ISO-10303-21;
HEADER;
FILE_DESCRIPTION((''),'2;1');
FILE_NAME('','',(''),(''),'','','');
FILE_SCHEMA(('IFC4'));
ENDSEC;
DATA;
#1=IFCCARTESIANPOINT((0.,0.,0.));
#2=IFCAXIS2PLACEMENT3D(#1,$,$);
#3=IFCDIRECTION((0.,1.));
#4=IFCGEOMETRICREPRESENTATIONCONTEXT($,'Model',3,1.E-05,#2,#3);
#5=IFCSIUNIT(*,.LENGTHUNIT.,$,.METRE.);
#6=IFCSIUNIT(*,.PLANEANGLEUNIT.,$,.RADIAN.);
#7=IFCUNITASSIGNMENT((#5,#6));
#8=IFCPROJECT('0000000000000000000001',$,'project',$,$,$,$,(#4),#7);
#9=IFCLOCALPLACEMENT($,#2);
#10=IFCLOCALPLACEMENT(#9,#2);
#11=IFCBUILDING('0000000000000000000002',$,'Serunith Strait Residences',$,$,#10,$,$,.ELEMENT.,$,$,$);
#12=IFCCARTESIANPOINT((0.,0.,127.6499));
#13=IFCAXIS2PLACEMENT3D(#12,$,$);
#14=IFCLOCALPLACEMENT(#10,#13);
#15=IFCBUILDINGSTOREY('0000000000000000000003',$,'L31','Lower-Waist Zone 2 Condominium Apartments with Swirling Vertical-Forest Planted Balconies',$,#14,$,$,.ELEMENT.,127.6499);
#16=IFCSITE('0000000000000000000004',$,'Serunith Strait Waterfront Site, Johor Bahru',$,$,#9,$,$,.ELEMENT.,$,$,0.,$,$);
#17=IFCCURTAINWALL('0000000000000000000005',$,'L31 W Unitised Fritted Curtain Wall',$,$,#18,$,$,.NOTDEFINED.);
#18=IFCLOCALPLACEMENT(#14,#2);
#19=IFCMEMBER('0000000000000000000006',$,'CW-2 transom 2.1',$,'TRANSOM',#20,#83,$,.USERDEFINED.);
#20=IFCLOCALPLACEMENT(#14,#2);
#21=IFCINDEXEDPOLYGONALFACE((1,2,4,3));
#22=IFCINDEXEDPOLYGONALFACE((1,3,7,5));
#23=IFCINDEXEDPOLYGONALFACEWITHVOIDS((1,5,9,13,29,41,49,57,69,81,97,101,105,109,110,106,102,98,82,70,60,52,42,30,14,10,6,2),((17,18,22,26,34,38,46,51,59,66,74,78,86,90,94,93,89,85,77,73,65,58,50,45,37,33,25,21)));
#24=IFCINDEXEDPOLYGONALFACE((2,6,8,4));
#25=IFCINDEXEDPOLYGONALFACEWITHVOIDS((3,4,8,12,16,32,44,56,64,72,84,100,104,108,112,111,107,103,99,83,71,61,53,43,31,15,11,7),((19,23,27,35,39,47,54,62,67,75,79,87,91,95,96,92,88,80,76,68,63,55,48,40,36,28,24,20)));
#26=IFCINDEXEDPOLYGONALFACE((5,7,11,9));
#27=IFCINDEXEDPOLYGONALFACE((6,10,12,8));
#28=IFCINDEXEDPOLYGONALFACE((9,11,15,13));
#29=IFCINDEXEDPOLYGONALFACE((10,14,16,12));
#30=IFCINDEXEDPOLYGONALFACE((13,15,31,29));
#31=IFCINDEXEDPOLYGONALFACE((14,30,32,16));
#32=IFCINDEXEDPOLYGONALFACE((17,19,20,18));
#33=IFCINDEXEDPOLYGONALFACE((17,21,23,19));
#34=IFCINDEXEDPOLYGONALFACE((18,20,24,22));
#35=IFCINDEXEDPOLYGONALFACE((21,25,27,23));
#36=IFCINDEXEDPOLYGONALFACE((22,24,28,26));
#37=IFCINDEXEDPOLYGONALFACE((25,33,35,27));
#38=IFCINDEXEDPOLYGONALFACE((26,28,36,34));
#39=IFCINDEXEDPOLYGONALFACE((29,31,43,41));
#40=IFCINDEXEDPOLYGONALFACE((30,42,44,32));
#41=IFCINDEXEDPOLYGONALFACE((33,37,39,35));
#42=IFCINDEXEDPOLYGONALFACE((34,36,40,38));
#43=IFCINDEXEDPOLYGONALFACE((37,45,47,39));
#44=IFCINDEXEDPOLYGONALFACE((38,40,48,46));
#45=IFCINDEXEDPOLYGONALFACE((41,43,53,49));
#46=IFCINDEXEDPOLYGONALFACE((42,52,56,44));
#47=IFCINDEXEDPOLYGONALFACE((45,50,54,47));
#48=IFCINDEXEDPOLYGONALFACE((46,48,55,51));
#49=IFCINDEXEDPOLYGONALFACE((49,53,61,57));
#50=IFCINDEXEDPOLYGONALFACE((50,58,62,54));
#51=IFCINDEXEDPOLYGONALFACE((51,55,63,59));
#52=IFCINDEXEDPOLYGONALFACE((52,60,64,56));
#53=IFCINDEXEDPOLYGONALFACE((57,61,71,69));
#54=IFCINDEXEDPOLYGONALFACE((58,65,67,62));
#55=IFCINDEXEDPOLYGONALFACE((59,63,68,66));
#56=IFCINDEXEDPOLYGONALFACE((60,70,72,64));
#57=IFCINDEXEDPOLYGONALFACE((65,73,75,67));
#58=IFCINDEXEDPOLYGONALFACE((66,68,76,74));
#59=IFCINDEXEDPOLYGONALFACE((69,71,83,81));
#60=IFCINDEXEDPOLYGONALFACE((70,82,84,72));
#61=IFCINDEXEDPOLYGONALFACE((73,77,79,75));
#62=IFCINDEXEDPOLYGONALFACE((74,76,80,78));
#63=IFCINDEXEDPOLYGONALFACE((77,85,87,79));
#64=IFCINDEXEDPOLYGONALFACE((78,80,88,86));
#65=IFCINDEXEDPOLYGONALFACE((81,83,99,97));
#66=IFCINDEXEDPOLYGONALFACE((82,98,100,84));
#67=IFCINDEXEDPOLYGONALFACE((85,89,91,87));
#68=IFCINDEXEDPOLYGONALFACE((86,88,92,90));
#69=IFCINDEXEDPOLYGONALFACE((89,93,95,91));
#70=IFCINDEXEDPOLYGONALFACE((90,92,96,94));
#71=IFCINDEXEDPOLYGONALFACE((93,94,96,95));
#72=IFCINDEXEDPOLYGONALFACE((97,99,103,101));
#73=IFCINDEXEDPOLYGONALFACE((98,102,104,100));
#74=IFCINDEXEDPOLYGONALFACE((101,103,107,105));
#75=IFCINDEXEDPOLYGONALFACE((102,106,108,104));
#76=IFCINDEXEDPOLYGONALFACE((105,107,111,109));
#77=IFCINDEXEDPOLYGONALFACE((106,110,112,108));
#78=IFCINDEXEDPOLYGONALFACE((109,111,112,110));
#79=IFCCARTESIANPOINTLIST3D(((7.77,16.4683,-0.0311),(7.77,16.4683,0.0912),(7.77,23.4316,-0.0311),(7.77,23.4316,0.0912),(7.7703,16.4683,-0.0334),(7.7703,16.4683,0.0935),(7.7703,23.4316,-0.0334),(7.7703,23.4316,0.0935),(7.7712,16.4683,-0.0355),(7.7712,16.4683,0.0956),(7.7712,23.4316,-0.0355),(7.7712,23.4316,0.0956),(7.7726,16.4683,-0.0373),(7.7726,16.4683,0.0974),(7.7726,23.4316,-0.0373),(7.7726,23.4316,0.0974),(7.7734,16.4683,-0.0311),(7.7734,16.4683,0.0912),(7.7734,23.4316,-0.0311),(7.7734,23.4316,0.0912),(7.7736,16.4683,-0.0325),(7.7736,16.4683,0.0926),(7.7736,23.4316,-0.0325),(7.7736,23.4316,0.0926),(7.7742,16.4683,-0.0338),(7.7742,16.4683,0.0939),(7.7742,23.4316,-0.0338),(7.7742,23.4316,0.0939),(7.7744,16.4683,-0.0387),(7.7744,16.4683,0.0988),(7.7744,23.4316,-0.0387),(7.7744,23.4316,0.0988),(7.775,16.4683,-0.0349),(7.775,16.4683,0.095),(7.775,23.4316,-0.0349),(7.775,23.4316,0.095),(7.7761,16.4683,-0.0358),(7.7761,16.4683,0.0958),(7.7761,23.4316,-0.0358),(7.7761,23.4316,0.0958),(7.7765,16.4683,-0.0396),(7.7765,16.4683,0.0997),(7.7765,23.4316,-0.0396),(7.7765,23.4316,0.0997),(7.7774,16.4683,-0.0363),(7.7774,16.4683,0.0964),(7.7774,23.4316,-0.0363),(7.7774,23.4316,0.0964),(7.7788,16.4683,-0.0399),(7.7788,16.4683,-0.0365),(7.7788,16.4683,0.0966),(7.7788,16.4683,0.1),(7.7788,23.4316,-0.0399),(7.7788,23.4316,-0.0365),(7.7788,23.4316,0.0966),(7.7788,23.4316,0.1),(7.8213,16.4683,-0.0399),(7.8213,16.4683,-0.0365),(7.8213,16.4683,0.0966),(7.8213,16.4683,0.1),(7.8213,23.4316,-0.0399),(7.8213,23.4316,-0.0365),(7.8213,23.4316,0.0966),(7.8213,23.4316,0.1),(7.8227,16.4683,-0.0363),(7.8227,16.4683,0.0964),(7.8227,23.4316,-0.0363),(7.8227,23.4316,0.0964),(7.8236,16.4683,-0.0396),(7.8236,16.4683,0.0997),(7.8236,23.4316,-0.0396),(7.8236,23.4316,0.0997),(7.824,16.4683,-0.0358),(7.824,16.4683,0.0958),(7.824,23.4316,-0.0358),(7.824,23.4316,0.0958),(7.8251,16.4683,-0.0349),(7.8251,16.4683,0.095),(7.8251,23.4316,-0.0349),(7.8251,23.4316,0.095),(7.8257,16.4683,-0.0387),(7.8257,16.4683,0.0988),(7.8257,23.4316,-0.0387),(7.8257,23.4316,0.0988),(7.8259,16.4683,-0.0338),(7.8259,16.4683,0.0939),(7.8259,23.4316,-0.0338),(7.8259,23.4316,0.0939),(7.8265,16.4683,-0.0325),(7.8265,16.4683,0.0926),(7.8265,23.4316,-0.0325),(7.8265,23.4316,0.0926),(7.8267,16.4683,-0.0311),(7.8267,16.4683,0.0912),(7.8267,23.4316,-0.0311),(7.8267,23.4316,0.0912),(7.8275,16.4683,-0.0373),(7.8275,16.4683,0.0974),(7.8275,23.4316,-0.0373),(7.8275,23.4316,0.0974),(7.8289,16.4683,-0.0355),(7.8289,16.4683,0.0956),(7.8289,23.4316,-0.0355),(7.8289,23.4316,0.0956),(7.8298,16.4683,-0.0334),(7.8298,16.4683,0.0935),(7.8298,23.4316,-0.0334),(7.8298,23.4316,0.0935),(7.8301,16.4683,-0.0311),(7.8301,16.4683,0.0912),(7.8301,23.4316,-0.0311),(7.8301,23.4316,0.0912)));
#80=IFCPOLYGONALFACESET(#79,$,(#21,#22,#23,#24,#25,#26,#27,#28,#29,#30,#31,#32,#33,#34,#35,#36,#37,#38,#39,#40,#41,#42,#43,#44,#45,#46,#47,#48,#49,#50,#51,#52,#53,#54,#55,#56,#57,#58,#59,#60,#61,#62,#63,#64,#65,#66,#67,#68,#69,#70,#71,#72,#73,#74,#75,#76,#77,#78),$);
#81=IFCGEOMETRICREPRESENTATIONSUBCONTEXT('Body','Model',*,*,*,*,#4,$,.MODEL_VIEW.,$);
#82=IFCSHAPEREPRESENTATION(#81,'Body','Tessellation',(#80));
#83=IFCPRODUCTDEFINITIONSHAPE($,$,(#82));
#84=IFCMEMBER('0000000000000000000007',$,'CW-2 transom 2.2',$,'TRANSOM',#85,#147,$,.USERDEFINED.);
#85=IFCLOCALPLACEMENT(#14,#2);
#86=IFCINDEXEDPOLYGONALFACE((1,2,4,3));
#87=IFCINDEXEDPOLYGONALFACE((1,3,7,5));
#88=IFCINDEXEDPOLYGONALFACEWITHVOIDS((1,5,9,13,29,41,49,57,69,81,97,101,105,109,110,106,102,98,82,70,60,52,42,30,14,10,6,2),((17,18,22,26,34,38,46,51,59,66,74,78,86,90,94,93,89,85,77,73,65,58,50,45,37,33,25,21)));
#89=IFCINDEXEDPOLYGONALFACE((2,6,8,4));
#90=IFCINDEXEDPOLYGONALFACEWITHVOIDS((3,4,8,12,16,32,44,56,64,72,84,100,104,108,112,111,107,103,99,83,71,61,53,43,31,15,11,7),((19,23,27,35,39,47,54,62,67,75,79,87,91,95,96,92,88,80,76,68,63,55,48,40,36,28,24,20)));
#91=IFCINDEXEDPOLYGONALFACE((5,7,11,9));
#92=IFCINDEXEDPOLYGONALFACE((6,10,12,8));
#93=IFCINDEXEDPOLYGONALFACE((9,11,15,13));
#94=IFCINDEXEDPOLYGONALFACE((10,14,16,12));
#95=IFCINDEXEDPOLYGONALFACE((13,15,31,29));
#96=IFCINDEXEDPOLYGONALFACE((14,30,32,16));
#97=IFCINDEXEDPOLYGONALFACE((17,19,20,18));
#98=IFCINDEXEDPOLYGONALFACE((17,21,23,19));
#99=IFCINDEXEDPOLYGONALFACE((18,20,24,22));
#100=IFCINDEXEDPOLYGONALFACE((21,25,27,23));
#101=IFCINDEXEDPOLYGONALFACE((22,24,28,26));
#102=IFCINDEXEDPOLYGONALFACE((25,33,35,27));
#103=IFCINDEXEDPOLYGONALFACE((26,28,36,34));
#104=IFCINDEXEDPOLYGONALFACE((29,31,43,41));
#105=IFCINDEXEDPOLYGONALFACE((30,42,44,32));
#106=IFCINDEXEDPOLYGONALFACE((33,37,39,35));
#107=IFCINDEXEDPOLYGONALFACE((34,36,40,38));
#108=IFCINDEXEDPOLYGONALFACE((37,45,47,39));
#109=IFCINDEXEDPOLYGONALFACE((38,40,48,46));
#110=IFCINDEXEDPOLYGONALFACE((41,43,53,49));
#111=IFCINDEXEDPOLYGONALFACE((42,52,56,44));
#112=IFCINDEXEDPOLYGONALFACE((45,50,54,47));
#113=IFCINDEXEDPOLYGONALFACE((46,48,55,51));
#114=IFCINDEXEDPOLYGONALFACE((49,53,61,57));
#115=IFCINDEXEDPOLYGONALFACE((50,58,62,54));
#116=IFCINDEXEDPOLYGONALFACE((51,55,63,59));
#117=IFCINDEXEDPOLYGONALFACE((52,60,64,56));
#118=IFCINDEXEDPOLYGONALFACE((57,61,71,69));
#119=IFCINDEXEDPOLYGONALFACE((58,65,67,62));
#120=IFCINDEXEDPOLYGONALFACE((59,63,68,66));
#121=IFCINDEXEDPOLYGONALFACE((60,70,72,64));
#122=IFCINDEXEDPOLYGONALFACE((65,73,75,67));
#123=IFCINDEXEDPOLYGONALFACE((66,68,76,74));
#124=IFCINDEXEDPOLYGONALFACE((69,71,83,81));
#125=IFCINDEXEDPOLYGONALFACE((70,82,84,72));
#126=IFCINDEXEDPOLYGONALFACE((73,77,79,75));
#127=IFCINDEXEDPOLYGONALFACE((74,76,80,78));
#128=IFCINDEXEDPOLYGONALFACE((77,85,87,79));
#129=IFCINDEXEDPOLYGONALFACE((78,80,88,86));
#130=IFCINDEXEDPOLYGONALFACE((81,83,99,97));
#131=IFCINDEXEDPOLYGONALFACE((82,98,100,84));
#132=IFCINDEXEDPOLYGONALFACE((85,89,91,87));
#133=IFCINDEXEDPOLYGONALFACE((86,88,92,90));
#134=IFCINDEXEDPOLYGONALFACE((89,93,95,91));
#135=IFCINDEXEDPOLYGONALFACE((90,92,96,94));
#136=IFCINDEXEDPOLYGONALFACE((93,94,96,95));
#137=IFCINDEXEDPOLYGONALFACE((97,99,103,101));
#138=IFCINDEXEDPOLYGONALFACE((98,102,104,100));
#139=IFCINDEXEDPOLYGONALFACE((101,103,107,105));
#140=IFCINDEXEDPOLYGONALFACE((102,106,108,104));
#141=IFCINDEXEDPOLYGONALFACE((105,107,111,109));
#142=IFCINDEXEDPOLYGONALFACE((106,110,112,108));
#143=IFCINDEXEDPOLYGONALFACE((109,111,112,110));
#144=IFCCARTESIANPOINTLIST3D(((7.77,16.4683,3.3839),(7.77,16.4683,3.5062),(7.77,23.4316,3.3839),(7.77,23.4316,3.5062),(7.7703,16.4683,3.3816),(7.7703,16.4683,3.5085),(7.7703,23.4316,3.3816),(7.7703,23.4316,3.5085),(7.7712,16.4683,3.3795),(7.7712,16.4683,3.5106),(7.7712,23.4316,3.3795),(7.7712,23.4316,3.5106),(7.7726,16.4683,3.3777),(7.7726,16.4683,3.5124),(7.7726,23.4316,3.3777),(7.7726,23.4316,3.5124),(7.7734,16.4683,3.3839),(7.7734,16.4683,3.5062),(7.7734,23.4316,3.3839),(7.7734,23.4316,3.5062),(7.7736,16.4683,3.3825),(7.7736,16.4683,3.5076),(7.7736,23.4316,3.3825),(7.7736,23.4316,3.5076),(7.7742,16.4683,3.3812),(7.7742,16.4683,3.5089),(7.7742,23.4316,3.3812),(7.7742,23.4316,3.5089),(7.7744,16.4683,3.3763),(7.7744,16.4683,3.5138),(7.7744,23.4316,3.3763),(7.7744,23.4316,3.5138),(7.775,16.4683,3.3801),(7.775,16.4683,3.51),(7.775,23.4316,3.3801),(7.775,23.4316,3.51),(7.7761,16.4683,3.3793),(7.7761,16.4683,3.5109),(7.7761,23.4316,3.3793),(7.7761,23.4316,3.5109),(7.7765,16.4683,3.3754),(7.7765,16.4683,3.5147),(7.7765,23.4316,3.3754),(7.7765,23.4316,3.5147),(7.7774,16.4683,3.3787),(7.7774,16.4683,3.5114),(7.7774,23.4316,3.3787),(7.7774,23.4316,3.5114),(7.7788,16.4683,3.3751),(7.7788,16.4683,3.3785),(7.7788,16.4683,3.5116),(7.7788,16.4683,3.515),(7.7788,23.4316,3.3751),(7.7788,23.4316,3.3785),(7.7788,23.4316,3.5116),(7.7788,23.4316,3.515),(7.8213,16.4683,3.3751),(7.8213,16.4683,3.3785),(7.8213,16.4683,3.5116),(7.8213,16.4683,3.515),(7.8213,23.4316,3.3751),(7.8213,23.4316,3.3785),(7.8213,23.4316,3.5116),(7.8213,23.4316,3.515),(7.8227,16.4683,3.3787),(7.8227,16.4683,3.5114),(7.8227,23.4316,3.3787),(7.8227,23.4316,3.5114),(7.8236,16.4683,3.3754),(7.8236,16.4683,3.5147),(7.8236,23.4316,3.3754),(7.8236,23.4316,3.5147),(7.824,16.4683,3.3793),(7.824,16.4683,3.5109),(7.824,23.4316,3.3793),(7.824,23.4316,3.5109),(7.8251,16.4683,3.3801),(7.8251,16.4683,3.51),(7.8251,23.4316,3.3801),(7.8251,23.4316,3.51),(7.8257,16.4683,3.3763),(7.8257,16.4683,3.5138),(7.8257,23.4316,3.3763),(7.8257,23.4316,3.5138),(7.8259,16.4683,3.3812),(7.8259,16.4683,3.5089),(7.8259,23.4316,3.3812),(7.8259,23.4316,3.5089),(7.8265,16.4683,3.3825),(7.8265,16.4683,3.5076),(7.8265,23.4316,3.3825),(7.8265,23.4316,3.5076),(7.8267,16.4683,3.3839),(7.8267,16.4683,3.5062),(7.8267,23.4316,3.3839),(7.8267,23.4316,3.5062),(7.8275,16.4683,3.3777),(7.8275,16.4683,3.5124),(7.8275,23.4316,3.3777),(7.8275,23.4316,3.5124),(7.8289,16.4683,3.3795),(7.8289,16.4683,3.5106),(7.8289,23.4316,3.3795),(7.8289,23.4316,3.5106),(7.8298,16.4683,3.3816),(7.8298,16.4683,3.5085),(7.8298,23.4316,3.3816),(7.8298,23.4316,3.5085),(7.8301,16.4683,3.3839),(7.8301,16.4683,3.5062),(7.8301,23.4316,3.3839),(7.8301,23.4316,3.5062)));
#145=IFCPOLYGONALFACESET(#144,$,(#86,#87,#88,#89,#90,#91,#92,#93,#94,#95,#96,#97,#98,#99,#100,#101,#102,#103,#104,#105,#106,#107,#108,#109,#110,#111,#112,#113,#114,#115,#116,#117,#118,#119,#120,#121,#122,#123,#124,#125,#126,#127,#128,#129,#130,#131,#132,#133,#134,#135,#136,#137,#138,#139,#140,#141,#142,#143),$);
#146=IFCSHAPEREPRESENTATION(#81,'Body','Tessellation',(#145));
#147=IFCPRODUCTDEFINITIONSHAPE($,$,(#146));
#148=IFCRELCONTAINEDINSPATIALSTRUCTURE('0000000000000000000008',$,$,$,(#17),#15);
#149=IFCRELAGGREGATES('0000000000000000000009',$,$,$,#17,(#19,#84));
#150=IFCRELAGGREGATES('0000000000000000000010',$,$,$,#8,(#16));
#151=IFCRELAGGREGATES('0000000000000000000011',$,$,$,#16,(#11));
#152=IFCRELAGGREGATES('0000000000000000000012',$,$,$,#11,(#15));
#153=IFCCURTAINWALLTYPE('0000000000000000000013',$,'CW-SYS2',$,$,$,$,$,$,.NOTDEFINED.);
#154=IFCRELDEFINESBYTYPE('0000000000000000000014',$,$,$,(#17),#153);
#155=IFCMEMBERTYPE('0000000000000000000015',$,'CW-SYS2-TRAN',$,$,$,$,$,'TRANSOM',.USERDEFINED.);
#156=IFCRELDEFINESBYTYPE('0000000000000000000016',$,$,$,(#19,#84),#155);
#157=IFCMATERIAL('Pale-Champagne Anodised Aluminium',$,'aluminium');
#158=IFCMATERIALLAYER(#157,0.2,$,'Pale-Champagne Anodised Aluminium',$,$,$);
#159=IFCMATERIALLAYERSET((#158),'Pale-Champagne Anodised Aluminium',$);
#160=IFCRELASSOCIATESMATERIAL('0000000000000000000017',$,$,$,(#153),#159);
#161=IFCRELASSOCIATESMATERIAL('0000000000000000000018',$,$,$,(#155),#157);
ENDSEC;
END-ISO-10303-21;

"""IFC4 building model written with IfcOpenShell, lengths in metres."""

from ifc_helpers import new_model, si_unit, direction, frame, origin, origin_2d, place, context, subcontext, project, spatial, hollow_rectangle, extrude, source, transform, mapped, material, layer, layer_set, material_profile, profile_set, type_object, element, aggregate, save


model = new_model("IFC4")

# Units and contexts
model_context = context("Model", 3, precision=1e-05, world=origin(), true_north=direction((0.0, 1.0)))
body_context = subcontext(model_context, "Body", "Model", "MODEL_VIEW")
ifc_project = project(units=[si_unit("LENGTHUNIT", "METRE"), si_unit("PLANEANGLEUNIT", "RADIAN")], contexts=[model_context])

# Site, building, storey
site_placement = place(None, origin())
site = spatial("IfcSite", under=ifc_project, at=site_placement, Name="Serunith Strait Waterfront Site, Johor Bahru", CompositionType="ELEMENT", RefElevation=0.0)
building_placement = place(site_placement, origin())
building = spatial("IfcBuilding", under=site, at=building_placement, Name="Serunith Strait Residences", CompositionType="ELEMENT")
storey_placement = place(building_placement, frame((0.0, 0.0, 127.6499)))
storey = spatial("IfcBuildingStorey", under=building, at=storey_placement, Name="L31", Description="Lower-Waist Zone 2 Condominium Apartments with Swirling Vertical-Forest Planted Balconies", CompositionType="ELEMENT", Elevation=127.6499)

# Curtain wall, members
ifc_material_1 = material(Name="Pale-Champagne Anodised Aluminium", Category="aluminium")
ifc_layer_1 = layer(ifc_material_1, 0.2, Name="Pale-Champagne Anodised Aluminium")
ifc_layer_set_1 = layer_set([ifc_layer_1], Name="Pale-Champagne Anodised Aluminium")
curtain_wall_type = type_object("IfcCurtainWallType", Name="CW-SYS2", PredefinedType="NOTDEFINED", material=ifc_layer_set_1)
curtain_wall_placement = place(storey_placement, origin())
curtain_wall = element("IfcCurtainWall", 1, at=curtain_wall_placement, inside=storey, type_object=curtain_wall_type, Name="L31 W Unitised Fritted Curtain Wall", PredefinedType="NOTDEFINED")
ifc_material_profile_1 = material_profile(ifc_material_1, hollow_rectangle(XDim=0.0601, YDim=0.1399, WallThickness=0.0034, InnerFilletRadius=0.0054, OuterFilletRadius=0.0088, at=origin_2d()), Name="ALU 140x60x3.5")
ifc_profile_set_1 = profile_set([ifc_material_profile_1], Name="Pale-Champagne Anodised Aluminium")
member_type_1 = type_object("IfcMemberType", Name="CW-SYS2-TRAN", ElementType="TRANSOM", PredefinedType="USERDEFINED", material=ifc_profile_set_1)
shared_shape_1 = source(origin(), body_context, "Body", "SweptSolid", [
    extrude(hollow_rectangle(XDim=0.0601, YDim=0.1399, WallThickness=0.0034, InnerFilletRadius=0.0054, OuterFilletRadius=0.0088, at=origin_2d()), origin(), (0.0, 0.0, 1.0), 6.9634),
])
member_1_placement = place(storey_placement, frame((7.8, 23.4316, 0.03), z_axis=(0.0, -1.0, 0.0), x_axis=(1.0, 0.0, 0.0)))
member_1 = element("IfcMember", 2, at=member_1_placement, type_object=member_type_1, Name="CW-2 transom 2.1", ObjectType="TRANSOM", PredefinedType="USERDEFINED", context=body_context, shape_type="MappedRepresentation", body=[
    mapped(shared_shape_1, transform((0.0, 0.0, 0.0), scale=1.0)),
])
member_2_placement = place(storey_placement, frame((7.8, 23.4316, 3.4451), z_axis=(0.0, -1.0, 0.0), x_axis=(1.0, 0.0, 0.0)))
member_2 = element("IfcMember", 3, at=member_2_placement, type_object=member_type_1, Name="CW-2 transom 2.2", ObjectType="TRANSOM", PredefinedType="USERDEFINED", context=body_context, shape_type="MappedRepresentation", body=[
    mapped(shared_shape_1, transform((0.0, 0.0, 0.0), scale=1.0)),
])
aggregate(curtain_wall, [member_1, member_2])

save(model, "model.ifc")
